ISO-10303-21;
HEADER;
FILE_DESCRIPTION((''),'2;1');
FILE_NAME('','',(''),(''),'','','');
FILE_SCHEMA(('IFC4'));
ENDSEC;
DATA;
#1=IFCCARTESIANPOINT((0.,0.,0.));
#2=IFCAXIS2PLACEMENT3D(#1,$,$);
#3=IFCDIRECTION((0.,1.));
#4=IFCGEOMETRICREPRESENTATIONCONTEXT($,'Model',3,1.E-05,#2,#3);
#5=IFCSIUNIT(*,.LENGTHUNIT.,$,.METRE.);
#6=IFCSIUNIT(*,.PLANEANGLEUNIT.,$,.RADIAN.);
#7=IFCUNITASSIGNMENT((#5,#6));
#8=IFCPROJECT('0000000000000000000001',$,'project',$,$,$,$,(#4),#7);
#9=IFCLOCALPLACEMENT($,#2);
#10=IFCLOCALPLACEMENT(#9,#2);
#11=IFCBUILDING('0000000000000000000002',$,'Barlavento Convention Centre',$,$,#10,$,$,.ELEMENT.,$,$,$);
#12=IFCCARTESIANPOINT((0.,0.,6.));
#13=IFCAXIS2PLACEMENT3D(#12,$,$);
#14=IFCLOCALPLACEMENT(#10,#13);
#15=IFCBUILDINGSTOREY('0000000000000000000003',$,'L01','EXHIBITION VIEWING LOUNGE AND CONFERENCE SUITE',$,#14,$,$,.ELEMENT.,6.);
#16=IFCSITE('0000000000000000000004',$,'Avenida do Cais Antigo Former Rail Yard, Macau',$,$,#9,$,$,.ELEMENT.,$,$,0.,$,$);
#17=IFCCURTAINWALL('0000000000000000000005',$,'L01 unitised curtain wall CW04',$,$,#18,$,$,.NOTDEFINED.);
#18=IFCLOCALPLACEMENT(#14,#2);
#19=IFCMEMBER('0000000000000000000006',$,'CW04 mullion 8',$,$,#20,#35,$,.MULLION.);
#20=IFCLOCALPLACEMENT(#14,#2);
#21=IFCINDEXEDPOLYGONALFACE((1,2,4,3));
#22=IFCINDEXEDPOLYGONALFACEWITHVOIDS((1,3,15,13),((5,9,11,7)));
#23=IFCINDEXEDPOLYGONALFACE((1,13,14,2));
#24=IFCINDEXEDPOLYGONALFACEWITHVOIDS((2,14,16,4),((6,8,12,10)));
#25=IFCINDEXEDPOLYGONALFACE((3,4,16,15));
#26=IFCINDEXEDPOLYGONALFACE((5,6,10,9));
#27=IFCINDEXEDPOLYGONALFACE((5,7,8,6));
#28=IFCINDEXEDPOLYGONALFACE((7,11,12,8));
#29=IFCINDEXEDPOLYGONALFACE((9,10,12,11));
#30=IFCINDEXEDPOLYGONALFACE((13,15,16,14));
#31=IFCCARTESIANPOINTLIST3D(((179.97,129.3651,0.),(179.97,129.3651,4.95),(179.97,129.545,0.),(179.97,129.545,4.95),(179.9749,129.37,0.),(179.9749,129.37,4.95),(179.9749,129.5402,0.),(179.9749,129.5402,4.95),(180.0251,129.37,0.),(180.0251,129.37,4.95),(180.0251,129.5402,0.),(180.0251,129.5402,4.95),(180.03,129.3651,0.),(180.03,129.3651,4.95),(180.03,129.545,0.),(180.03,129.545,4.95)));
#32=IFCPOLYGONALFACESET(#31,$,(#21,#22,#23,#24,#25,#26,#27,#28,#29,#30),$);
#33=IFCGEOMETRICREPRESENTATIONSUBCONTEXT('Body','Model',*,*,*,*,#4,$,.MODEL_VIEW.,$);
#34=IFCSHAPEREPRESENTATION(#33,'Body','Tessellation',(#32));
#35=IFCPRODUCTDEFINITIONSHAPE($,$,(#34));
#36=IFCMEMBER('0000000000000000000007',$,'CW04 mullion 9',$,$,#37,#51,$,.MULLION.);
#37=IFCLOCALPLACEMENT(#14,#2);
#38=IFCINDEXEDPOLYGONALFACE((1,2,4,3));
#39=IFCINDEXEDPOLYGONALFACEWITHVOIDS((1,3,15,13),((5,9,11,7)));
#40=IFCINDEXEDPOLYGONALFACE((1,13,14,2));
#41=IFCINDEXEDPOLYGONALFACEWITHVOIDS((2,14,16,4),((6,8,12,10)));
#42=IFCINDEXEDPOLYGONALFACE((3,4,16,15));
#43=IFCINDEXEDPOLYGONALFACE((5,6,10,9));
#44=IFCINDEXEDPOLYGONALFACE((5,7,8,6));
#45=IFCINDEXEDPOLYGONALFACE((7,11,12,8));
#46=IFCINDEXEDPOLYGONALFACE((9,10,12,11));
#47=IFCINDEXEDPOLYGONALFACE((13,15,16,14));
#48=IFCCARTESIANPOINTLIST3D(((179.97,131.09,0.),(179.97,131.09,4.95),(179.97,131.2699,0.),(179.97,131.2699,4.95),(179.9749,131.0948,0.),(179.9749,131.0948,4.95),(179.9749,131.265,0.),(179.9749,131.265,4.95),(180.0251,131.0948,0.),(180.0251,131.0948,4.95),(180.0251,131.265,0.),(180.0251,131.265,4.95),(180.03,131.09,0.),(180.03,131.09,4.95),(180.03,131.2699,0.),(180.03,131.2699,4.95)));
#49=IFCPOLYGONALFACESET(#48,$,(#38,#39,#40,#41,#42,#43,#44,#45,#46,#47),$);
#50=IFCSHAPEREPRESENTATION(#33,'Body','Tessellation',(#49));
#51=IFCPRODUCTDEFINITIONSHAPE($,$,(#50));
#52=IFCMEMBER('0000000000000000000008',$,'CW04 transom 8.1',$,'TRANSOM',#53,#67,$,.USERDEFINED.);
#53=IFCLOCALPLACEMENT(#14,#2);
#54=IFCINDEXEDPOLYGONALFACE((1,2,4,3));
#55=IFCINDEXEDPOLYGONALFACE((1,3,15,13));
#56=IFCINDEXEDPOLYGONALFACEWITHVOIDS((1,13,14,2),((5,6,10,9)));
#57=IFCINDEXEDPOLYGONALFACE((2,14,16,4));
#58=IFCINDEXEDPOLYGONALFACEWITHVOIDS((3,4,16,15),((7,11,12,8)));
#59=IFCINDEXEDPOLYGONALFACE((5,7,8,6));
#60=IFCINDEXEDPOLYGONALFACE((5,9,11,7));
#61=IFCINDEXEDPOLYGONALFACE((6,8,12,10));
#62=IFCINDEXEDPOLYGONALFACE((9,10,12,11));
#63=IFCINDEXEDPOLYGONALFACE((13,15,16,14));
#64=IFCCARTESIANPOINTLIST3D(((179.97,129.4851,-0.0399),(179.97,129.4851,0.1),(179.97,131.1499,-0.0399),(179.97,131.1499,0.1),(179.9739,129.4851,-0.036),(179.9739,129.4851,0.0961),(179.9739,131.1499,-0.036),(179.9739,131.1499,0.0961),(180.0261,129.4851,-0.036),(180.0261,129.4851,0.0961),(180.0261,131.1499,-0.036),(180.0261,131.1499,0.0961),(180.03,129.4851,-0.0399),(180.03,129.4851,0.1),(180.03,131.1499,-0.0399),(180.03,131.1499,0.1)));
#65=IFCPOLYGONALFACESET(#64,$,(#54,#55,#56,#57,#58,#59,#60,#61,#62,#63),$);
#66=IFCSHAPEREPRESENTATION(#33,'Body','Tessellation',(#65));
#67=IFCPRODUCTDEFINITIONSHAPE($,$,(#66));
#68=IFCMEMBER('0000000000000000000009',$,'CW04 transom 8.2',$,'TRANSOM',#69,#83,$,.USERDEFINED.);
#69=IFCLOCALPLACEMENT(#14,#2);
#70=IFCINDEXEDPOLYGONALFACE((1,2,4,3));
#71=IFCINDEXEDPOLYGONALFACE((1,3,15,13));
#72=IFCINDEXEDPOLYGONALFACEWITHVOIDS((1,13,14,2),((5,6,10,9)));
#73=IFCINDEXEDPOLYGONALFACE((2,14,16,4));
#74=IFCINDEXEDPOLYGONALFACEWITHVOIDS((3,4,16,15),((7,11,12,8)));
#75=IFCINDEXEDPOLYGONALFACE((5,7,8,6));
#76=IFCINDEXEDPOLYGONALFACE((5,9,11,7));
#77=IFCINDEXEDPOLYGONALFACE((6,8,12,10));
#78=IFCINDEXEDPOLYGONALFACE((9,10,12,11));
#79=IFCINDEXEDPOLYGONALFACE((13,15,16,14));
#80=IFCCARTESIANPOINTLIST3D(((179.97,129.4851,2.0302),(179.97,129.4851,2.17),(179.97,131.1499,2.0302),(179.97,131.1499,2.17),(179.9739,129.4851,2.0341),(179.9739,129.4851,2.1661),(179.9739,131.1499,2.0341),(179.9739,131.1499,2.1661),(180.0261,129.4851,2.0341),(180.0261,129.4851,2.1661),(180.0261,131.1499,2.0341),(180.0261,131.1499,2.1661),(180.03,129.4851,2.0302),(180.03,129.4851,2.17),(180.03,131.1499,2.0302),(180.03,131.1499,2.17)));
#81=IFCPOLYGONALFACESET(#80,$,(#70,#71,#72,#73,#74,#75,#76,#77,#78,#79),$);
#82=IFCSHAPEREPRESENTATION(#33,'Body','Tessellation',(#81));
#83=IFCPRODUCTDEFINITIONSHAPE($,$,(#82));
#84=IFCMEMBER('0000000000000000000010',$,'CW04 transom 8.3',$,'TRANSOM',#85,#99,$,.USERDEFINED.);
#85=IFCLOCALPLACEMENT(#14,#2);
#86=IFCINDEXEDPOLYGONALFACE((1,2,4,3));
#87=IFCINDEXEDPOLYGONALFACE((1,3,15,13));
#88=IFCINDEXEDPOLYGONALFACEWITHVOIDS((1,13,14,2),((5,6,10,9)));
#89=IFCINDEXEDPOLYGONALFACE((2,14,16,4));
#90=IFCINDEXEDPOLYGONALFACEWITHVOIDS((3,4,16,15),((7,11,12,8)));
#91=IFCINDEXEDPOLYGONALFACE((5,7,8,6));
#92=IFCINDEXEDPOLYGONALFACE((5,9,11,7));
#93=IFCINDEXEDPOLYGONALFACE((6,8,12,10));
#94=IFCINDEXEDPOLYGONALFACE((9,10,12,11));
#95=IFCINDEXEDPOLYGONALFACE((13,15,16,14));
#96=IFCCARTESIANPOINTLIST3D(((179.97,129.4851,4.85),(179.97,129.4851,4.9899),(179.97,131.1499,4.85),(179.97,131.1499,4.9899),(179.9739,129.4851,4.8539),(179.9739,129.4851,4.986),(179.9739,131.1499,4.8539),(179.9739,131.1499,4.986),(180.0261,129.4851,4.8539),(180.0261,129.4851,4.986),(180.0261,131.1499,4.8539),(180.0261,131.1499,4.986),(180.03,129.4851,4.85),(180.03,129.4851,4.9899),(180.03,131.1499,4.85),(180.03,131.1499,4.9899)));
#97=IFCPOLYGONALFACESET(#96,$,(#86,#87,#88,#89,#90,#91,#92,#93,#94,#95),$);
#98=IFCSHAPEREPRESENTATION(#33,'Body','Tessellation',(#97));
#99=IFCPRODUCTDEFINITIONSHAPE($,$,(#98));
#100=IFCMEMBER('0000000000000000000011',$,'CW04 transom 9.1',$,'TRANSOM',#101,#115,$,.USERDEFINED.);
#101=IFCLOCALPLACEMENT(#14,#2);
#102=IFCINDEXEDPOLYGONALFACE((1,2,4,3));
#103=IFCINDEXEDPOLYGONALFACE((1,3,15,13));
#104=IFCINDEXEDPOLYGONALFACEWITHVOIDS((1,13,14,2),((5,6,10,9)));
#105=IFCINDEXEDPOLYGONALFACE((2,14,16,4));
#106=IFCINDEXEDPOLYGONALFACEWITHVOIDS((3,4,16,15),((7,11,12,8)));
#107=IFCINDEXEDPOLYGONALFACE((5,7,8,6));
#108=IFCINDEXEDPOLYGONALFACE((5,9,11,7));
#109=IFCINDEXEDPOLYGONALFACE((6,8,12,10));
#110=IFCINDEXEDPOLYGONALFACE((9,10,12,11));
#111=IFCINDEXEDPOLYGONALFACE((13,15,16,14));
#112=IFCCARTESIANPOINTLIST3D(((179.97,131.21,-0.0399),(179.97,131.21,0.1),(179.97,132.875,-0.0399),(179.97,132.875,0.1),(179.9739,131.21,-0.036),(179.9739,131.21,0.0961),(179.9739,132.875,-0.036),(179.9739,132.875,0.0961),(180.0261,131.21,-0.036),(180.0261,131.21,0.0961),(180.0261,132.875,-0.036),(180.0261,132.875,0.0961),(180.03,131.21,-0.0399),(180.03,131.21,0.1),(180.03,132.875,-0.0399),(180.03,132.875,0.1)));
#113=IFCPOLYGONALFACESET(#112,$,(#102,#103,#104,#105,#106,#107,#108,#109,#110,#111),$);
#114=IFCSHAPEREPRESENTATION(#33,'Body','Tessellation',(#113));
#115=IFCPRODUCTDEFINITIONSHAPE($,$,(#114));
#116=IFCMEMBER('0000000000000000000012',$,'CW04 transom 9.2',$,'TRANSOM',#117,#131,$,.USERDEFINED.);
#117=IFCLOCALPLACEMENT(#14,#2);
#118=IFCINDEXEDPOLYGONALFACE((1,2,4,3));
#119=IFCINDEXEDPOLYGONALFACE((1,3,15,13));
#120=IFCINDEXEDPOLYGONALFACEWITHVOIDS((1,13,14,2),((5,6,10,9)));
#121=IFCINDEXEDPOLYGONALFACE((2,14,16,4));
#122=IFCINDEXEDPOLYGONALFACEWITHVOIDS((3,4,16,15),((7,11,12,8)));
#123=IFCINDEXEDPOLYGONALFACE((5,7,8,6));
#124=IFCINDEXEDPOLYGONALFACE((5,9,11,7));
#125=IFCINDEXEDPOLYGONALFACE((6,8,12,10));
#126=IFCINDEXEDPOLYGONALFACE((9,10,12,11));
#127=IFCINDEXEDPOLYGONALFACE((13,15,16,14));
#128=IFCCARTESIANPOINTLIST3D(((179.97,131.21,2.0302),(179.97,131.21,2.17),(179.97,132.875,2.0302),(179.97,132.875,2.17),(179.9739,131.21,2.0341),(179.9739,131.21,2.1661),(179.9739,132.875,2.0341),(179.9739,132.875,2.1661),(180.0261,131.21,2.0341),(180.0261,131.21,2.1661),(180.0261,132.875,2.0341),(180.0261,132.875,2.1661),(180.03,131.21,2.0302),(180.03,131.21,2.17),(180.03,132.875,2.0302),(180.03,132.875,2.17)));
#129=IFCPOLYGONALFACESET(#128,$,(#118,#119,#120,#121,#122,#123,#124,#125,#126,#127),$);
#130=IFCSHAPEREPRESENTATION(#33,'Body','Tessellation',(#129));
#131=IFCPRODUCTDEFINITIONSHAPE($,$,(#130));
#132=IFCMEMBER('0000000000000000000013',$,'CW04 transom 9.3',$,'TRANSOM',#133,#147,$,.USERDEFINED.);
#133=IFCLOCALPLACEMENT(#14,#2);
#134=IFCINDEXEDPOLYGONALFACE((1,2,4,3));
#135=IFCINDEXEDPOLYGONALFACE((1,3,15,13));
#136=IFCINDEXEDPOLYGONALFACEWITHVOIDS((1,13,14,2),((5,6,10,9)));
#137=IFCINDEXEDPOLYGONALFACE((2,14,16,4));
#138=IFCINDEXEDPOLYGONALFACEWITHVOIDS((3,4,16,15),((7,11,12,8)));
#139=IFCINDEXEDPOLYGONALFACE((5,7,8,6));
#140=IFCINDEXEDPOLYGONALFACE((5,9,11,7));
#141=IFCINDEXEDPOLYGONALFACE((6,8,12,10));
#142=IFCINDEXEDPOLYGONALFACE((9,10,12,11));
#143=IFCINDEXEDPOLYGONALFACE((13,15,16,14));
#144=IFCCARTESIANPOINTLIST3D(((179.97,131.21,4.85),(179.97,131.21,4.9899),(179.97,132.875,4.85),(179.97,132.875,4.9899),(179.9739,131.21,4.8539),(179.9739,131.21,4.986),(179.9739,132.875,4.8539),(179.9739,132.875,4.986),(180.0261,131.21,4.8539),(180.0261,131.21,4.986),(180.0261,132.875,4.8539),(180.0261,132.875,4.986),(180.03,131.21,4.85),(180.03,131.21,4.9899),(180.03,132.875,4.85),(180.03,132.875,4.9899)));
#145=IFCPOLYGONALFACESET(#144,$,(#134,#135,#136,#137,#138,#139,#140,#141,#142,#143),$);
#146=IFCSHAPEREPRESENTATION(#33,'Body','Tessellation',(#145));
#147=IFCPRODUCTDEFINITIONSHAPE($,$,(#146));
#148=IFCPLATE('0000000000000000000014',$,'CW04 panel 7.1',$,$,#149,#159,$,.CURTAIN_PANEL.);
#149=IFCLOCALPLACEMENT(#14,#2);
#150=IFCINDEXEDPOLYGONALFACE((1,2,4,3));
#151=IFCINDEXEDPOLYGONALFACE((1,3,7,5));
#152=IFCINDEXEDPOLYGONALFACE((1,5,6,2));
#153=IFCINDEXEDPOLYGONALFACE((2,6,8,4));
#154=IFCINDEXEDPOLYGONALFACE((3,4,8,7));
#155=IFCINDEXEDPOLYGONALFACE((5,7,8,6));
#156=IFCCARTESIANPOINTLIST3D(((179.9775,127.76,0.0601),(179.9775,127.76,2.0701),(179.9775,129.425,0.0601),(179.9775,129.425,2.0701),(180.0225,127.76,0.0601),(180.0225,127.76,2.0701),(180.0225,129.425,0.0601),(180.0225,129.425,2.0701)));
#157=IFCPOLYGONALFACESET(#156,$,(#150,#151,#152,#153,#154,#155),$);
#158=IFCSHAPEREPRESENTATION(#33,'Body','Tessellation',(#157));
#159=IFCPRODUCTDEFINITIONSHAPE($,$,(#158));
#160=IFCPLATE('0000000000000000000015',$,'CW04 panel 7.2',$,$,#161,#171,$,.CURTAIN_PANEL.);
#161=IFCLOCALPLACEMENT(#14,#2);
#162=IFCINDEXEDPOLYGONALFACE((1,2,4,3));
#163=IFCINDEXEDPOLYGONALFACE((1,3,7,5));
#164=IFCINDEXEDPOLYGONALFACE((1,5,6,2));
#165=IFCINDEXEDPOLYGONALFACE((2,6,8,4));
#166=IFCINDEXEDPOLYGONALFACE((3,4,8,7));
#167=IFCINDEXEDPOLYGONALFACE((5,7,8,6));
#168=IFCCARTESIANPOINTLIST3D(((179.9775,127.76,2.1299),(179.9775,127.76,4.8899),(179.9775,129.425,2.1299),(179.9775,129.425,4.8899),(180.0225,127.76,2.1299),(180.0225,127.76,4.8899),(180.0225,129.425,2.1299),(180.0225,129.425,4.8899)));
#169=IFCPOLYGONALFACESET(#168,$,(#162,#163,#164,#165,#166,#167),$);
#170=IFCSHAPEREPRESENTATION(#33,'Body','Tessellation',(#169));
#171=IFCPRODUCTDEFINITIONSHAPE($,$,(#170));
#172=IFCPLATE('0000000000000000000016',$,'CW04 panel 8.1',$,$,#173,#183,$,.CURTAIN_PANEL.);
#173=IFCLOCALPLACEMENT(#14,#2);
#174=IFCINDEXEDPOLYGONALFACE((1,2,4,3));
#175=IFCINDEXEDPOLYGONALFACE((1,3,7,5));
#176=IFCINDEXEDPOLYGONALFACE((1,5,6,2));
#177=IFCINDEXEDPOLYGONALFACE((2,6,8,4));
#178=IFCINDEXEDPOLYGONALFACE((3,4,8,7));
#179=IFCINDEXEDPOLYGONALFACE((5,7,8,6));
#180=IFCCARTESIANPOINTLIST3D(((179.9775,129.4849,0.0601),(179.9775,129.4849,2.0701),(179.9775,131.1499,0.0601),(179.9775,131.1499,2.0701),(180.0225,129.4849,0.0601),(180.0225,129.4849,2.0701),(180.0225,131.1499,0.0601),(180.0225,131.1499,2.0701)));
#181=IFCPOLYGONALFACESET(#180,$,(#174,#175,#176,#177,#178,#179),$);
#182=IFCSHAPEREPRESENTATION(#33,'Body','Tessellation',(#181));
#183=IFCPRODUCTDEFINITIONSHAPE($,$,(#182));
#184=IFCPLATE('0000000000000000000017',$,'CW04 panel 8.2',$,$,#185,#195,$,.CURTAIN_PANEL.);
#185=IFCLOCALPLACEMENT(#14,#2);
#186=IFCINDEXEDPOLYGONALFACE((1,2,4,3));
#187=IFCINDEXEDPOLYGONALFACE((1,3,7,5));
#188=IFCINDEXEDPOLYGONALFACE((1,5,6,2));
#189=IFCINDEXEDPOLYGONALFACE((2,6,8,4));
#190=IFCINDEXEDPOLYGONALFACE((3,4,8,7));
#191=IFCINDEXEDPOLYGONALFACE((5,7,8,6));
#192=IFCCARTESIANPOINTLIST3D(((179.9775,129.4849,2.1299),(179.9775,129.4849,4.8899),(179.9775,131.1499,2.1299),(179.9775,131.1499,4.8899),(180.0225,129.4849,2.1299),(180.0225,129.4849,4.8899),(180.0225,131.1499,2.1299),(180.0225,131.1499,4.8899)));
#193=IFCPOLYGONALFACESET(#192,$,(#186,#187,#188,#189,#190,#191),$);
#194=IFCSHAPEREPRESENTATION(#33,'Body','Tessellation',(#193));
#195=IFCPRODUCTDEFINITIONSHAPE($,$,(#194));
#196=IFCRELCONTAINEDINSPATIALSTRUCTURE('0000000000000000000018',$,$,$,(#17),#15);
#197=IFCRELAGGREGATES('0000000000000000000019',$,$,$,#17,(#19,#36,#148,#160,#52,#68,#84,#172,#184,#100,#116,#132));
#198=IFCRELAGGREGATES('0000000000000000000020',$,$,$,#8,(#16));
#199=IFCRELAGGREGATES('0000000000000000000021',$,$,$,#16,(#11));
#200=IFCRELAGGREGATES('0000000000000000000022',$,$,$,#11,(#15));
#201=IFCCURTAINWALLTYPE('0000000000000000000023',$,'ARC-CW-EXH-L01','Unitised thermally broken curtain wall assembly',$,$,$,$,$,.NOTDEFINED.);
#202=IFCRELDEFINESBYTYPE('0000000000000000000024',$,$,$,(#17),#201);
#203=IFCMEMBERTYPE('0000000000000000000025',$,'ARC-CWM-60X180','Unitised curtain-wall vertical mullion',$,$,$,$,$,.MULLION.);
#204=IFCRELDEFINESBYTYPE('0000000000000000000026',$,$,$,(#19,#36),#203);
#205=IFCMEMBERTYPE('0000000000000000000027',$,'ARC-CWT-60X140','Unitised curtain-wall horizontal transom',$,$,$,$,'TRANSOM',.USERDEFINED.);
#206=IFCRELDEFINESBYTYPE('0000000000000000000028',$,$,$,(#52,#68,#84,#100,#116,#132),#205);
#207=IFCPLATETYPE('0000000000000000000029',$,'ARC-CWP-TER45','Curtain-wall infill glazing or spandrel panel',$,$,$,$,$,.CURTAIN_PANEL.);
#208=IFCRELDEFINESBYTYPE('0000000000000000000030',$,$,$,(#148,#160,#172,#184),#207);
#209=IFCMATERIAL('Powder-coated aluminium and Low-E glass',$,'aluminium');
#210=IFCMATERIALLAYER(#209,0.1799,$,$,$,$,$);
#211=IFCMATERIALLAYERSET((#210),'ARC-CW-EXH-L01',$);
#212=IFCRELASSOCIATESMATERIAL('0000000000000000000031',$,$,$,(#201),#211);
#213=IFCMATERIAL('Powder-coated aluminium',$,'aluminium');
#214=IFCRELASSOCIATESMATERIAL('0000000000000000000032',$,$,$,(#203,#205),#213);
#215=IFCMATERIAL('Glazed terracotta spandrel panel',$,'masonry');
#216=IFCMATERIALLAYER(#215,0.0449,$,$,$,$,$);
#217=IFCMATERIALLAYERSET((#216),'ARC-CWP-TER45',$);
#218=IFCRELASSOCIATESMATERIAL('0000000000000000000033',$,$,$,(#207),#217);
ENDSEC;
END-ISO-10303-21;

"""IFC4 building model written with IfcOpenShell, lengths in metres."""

from ifc_helpers import new_model, si_unit, direction, frame, origin, origin_2d, place, context, subcontext, project, spatial, rectangle, hollow_rectangle, extrude, material, layer, layer_set, material_profile, profile_set, type_object, element, aggregate, save


model = new_model("IFC4")

# Units and contexts
model_context = context("Model", 3, precision=1e-05, world=origin(), true_north=direction((0.0, 1.0)))
body_context = subcontext(model_context, "Body", "Model", "MODEL_VIEW")
ifc_project = project(units=[si_unit("LENGTHUNIT", "METRE"), si_unit("PLANEANGLEUNIT", "RADIAN")], contexts=[model_context])

# Site, building, storey
site_placement = place(None, origin())
site = spatial("IfcSite", under=ifc_project, at=site_placement, Name="Avenida do Cais Antigo Former Rail Yard, Macau", CompositionType="ELEMENT", RefElevation=0.0)
building_placement = place(site_placement, origin())
building = spatial("IfcBuilding", under=site, at=building_placement, Name="Barlavento Convention Centre", CompositionType="ELEMENT")
storey_placement = place(building_placement, frame((0.0, 0.0, 6.0)))
storey = spatial("IfcBuildingStorey", under=building, at=storey_placement, Name="L01", Description="EXHIBITION VIEWING LOUNGE AND CONFERENCE SUITE", CompositionType="ELEMENT", Elevation=6.0)

# Curtain wall, members, plates
ifc_material_1 = material(Name="Powder-coated aluminium and Low-E glass", Category="aluminium")
ifc_layer_1 = layer(ifc_material_1, 0.1799)
ifc_layer_set_1 = layer_set([ifc_layer_1], Name="ARC-CW-EXH-L01")
curtain_wall_type = type_object("IfcCurtainWallType", Name="ARC-CW-EXH-L01", Description="Unitised thermally broken curtain wall assembly", PredefinedType="NOTDEFINED", material=ifc_layer_set_1)
curtain_wall_placement = place(storey_placement, origin())
curtain_wall = element("IfcCurtainWall", 1, at=curtain_wall_placement, inside=storey, type_object=curtain_wall_type, Name="L01 unitised curtain wall CW04", PredefinedType="NOTDEFINED")
ifc_material_2 = material(Name="Powder-coated aluminium", Category="aluminium")
ifc_material_profile_1 = material_profile(ifc_material_2, hollow_rectangle(XDim=0.0601, YDim=0.1799, WallThickness=0.0049, at=origin_2d()), Name="AL-MULL 60x180x5")
ifc_profile_set_1 = profile_set([ifc_material_profile_1], Name="Powder-coated aluminium")
member_type_1 = type_object("IfcMemberType", Name="ARC-CWM-60X180", Description="Unitised curtain-wall vertical mullion", PredefinedType="MULLION", material=ifc_profile_set_1)
member_1_placement = place(storey_placement, frame((180.0, 129.4551, 0.0), z_axis=(0.0, 0.0, 1.0), x_axis=(-1.0, 0.0, 0.0)))
member_1 = element("IfcMember", 2, at=member_1_placement, type_object=member_type_1, Name="CW04 mullion 8", PredefinedType="MULLION", context=body_context, shape_type="SweptSolid", body=[
    extrude(hollow_rectangle(XDim=0.0601, YDim=0.1799, WallThickness=0.0049, at=origin_2d()), origin(), (0.0, 0.0, 1.0), 4.95),
])
member_2_placement = place(storey_placement, frame((180.0, 131.1799, 0.0), z_axis=(0.0, 0.0, 1.0), x_axis=(-1.0, 0.0, 0.0)))
member_2 = element("IfcMember", 3, at=member_2_placement, type_object=member_type_1, Name="CW04 mullion 9", PredefinedType="MULLION", context=body_context, shape_type="SweptSolid", body=[
    extrude(hollow_rectangle(XDim=0.0601, YDim=0.1799, WallThickness=0.0049, at=origin_2d()), origin(), (0.0, 0.0, 1.0), 4.95),
])
ifc_material_profile_2 = material_profile(ifc_material_2, hollow_rectangle(XDim=0.0601, YDim=0.1399, WallThickness=0.0039, at=origin_2d()), Name="AL-TRAN 60x140x4")
ifc_profile_set_2 = profile_set([ifc_material_profile_2], Name="Powder-coated aluminium")
member_type_2 = type_object("IfcMemberType", Name="ARC-CWT-60X140", Description="Unitised curtain-wall horizontal transom", ElementType="TRANSOM", PredefinedType="USERDEFINED", material=ifc_profile_set_2)
member_3_placement = place(storey_placement, frame((180.0, 129.4851, 0.03), z_axis=(0.0, 1.0, 0.0), x_axis=(-1.0, 0.0, 0.0)))
member_3 = element("IfcMember", 4, at=member_3_placement, type_object=member_type_2, Name="CW04 transom 8.1", ObjectType="TRANSOM", PredefinedType="USERDEFINED", context=body_context, shape_type="SweptSolid", body=[
    extrude(hollow_rectangle(XDim=0.0601, YDim=0.1399, WallThickness=0.0039, at=origin_2d()), origin(), (0.0, 0.0, 1.0), 1.6648),
])
member_4_placement = place(storey_placement, frame((180.0, 129.4851, 2.1001), z_axis=(0.0, 1.0, 0.0), x_axis=(-1.0, 0.0, 0.0)))
member_4 = element("IfcMember", 5, at=member_4_placement, type_object=member_type_2, Name="CW04 transom 8.2", ObjectType="TRANSOM", PredefinedType="USERDEFINED", context=body_context, shape_type="SweptSolid", body=[
    extrude(hollow_rectangle(XDim=0.0601, YDim=0.1399, WallThickness=0.0039, at=origin_2d()), origin(), (0.0, 0.0, 1.0), 1.6648),
])
member_5_placement = place(storey_placement, frame((180.0, 129.4851, 4.9199), z_axis=(0.0, 1.0, 0.0), x_axis=(-1.0, 0.0, 0.0)))
member_5 = element("IfcMember", 6, at=member_5_placement, type_object=member_type_2, Name="CW04 transom 8.3", ObjectType="TRANSOM", PredefinedType="USERDEFINED", context=body_context, shape_type="SweptSolid", body=[
    extrude(hollow_rectangle(XDim=0.0601, YDim=0.1399, WallThickness=0.0039, at=origin_2d()), origin(), (0.0, 0.0, 1.0), 1.6648),
])
member_6_placement = place(storey_placement, frame((180.0, 131.21, 0.03), z_axis=(0.0, 1.0, 0.0), x_axis=(-1.0, 0.0, 0.0)))
member_6 = element("IfcMember", 7, at=member_6_placement, type_object=member_type_2, Name="CW04 transom 9.1", ObjectType="TRANSOM", PredefinedType="USERDEFINED", context=body_context, shape_type="SweptSolid", body=[
    extrude(hollow_rectangle(XDim=0.0601, YDim=0.1399, WallThickness=0.0039, at=origin_2d()), origin(), (0.0, 0.0, 1.0), 1.665),
])
member_7_placement = place(storey_placement, frame((180.0, 131.21, 2.1001), z_axis=(0.0, 1.0, 0.0), x_axis=(-1.0, 0.0, 0.0)))
member_7 = element("IfcMember", 8, at=member_7_placement, type_object=member_type_2, Name="CW04 transom 9.2", ObjectType="TRANSOM", PredefinedType="USERDEFINED", context=body_context, shape_type="SweptSolid", body=[
    extrude(hollow_rectangle(XDim=0.0601, YDim=0.1399, WallThickness=0.0039, at=origin_2d()), origin(), (0.0, 0.0, 1.0), 1.665),
])
member_8_placement = place(storey_placement, frame((180.0, 131.21, 4.9199), z_axis=(0.0, 1.0, 0.0), x_axis=(-1.0, 0.0, 0.0)))
member_8 = element("IfcMember", 9, at=member_8_placement, type_object=member_type_2, Name="CW04 transom 9.3", ObjectType="TRANSOM", PredefinedType="USERDEFINED", context=body_context, shape_type="SweptSolid", body=[
    extrude(hollow_rectangle(XDim=0.0601, YDim=0.1399, WallThickness=0.0039, at=origin_2d()), origin(), (0.0, 0.0, 1.0), 1.665),
])
ifc_material_3 = material(Name="Glazed terracotta spandrel panel", Category="masonry")
ifc_layer_2 = layer(ifc_material_3, 0.0449)
ifc_layer_set_2 = layer_set([ifc_layer_2], Name="ARC-CWP-TER45")
plate_type = type_object("IfcPlateType", Name="ARC-CWP-TER45", Description="Curtain-wall infill glazing or spandrel panel", PredefinedType="CURTAIN_PANEL", material=ifc_layer_set_2)
plate_1_placement = place(storey_placement, frame((180.0, 128.5925, 0.0601), z_axis=(0.0, 0.0, 1.0), x_axis=(0.0, 1.0, 0.0)))
plate_1 = element("IfcPlate", 10, at=plate_1_placement, type_object=plate_type, Name="CW04 panel 7.1", PredefinedType="CURTAIN_PANEL", context=body_context, shape_type="SweptSolid", body=[
    extrude(rectangle(XDim=1.665, YDim=0.0449, at=origin_2d()), origin(), (0.0, 0.0, 1.0), 2.01),
])
plate_2_placement = place(storey_placement, frame((180.0, 128.5925, 2.1299), z_axis=(0.0, 0.0, 1.0), x_axis=(0.0, 1.0, 0.0)))
plate_2 = element("IfcPlate", 11, at=plate_2_placement, type_object=plate_type, Name="CW04 panel 7.2", PredefinedType="CURTAIN_PANEL", context=body_context, shape_type="SweptSolid", body=[
    extrude(rectangle(XDim=1.665, YDim=0.0449, at=origin_2d()), origin(), (0.0, 0.0, 1.0), 2.76),
])
plate_3_placement = place(storey_placement, frame((180.0, 130.3174, 0.0601), z_axis=(0.0, 0.0, 1.0), x_axis=(0.0, 1.0, 0.0)))
plate_3 = element("IfcPlate", 12, at=plate_3_placement, type_object=plate_type, Name="CW04 panel 8.1", PredefinedType="CURTAIN_PANEL", context=body_context, shape_type="SweptSolid", body=[
    extrude(rectangle(XDim=1.665, YDim=0.0449, at=origin_2d()), origin(), (0.0, 0.0, 1.0), 2.01),
])
plate_4_placement = place(storey_placement, frame((180.0, 130.3174, 2.1299), z_axis=(0.0, 0.0, 1.0), x_axis=(0.0, 1.0, 0.0)))
plate_4 = element("IfcPlate", 13, at=plate_4_placement, type_object=plate_type, Name="CW04 panel 8.2", PredefinedType="CURTAIN_PANEL", context=body_context, shape_type="SweptSolid", body=[
    extrude(rectangle(XDim=1.665, YDim=0.0449, at=origin_2d()), origin(), (0.0, 0.0, 1.0), 2.76),
])
aggregate(curtain_wall, [member_1, member_2, plate_1, plate_2, member_3, member_4, member_5, plate_3, plate_4, member_6, member_7, member_8])

save(model, "model.ifc")
